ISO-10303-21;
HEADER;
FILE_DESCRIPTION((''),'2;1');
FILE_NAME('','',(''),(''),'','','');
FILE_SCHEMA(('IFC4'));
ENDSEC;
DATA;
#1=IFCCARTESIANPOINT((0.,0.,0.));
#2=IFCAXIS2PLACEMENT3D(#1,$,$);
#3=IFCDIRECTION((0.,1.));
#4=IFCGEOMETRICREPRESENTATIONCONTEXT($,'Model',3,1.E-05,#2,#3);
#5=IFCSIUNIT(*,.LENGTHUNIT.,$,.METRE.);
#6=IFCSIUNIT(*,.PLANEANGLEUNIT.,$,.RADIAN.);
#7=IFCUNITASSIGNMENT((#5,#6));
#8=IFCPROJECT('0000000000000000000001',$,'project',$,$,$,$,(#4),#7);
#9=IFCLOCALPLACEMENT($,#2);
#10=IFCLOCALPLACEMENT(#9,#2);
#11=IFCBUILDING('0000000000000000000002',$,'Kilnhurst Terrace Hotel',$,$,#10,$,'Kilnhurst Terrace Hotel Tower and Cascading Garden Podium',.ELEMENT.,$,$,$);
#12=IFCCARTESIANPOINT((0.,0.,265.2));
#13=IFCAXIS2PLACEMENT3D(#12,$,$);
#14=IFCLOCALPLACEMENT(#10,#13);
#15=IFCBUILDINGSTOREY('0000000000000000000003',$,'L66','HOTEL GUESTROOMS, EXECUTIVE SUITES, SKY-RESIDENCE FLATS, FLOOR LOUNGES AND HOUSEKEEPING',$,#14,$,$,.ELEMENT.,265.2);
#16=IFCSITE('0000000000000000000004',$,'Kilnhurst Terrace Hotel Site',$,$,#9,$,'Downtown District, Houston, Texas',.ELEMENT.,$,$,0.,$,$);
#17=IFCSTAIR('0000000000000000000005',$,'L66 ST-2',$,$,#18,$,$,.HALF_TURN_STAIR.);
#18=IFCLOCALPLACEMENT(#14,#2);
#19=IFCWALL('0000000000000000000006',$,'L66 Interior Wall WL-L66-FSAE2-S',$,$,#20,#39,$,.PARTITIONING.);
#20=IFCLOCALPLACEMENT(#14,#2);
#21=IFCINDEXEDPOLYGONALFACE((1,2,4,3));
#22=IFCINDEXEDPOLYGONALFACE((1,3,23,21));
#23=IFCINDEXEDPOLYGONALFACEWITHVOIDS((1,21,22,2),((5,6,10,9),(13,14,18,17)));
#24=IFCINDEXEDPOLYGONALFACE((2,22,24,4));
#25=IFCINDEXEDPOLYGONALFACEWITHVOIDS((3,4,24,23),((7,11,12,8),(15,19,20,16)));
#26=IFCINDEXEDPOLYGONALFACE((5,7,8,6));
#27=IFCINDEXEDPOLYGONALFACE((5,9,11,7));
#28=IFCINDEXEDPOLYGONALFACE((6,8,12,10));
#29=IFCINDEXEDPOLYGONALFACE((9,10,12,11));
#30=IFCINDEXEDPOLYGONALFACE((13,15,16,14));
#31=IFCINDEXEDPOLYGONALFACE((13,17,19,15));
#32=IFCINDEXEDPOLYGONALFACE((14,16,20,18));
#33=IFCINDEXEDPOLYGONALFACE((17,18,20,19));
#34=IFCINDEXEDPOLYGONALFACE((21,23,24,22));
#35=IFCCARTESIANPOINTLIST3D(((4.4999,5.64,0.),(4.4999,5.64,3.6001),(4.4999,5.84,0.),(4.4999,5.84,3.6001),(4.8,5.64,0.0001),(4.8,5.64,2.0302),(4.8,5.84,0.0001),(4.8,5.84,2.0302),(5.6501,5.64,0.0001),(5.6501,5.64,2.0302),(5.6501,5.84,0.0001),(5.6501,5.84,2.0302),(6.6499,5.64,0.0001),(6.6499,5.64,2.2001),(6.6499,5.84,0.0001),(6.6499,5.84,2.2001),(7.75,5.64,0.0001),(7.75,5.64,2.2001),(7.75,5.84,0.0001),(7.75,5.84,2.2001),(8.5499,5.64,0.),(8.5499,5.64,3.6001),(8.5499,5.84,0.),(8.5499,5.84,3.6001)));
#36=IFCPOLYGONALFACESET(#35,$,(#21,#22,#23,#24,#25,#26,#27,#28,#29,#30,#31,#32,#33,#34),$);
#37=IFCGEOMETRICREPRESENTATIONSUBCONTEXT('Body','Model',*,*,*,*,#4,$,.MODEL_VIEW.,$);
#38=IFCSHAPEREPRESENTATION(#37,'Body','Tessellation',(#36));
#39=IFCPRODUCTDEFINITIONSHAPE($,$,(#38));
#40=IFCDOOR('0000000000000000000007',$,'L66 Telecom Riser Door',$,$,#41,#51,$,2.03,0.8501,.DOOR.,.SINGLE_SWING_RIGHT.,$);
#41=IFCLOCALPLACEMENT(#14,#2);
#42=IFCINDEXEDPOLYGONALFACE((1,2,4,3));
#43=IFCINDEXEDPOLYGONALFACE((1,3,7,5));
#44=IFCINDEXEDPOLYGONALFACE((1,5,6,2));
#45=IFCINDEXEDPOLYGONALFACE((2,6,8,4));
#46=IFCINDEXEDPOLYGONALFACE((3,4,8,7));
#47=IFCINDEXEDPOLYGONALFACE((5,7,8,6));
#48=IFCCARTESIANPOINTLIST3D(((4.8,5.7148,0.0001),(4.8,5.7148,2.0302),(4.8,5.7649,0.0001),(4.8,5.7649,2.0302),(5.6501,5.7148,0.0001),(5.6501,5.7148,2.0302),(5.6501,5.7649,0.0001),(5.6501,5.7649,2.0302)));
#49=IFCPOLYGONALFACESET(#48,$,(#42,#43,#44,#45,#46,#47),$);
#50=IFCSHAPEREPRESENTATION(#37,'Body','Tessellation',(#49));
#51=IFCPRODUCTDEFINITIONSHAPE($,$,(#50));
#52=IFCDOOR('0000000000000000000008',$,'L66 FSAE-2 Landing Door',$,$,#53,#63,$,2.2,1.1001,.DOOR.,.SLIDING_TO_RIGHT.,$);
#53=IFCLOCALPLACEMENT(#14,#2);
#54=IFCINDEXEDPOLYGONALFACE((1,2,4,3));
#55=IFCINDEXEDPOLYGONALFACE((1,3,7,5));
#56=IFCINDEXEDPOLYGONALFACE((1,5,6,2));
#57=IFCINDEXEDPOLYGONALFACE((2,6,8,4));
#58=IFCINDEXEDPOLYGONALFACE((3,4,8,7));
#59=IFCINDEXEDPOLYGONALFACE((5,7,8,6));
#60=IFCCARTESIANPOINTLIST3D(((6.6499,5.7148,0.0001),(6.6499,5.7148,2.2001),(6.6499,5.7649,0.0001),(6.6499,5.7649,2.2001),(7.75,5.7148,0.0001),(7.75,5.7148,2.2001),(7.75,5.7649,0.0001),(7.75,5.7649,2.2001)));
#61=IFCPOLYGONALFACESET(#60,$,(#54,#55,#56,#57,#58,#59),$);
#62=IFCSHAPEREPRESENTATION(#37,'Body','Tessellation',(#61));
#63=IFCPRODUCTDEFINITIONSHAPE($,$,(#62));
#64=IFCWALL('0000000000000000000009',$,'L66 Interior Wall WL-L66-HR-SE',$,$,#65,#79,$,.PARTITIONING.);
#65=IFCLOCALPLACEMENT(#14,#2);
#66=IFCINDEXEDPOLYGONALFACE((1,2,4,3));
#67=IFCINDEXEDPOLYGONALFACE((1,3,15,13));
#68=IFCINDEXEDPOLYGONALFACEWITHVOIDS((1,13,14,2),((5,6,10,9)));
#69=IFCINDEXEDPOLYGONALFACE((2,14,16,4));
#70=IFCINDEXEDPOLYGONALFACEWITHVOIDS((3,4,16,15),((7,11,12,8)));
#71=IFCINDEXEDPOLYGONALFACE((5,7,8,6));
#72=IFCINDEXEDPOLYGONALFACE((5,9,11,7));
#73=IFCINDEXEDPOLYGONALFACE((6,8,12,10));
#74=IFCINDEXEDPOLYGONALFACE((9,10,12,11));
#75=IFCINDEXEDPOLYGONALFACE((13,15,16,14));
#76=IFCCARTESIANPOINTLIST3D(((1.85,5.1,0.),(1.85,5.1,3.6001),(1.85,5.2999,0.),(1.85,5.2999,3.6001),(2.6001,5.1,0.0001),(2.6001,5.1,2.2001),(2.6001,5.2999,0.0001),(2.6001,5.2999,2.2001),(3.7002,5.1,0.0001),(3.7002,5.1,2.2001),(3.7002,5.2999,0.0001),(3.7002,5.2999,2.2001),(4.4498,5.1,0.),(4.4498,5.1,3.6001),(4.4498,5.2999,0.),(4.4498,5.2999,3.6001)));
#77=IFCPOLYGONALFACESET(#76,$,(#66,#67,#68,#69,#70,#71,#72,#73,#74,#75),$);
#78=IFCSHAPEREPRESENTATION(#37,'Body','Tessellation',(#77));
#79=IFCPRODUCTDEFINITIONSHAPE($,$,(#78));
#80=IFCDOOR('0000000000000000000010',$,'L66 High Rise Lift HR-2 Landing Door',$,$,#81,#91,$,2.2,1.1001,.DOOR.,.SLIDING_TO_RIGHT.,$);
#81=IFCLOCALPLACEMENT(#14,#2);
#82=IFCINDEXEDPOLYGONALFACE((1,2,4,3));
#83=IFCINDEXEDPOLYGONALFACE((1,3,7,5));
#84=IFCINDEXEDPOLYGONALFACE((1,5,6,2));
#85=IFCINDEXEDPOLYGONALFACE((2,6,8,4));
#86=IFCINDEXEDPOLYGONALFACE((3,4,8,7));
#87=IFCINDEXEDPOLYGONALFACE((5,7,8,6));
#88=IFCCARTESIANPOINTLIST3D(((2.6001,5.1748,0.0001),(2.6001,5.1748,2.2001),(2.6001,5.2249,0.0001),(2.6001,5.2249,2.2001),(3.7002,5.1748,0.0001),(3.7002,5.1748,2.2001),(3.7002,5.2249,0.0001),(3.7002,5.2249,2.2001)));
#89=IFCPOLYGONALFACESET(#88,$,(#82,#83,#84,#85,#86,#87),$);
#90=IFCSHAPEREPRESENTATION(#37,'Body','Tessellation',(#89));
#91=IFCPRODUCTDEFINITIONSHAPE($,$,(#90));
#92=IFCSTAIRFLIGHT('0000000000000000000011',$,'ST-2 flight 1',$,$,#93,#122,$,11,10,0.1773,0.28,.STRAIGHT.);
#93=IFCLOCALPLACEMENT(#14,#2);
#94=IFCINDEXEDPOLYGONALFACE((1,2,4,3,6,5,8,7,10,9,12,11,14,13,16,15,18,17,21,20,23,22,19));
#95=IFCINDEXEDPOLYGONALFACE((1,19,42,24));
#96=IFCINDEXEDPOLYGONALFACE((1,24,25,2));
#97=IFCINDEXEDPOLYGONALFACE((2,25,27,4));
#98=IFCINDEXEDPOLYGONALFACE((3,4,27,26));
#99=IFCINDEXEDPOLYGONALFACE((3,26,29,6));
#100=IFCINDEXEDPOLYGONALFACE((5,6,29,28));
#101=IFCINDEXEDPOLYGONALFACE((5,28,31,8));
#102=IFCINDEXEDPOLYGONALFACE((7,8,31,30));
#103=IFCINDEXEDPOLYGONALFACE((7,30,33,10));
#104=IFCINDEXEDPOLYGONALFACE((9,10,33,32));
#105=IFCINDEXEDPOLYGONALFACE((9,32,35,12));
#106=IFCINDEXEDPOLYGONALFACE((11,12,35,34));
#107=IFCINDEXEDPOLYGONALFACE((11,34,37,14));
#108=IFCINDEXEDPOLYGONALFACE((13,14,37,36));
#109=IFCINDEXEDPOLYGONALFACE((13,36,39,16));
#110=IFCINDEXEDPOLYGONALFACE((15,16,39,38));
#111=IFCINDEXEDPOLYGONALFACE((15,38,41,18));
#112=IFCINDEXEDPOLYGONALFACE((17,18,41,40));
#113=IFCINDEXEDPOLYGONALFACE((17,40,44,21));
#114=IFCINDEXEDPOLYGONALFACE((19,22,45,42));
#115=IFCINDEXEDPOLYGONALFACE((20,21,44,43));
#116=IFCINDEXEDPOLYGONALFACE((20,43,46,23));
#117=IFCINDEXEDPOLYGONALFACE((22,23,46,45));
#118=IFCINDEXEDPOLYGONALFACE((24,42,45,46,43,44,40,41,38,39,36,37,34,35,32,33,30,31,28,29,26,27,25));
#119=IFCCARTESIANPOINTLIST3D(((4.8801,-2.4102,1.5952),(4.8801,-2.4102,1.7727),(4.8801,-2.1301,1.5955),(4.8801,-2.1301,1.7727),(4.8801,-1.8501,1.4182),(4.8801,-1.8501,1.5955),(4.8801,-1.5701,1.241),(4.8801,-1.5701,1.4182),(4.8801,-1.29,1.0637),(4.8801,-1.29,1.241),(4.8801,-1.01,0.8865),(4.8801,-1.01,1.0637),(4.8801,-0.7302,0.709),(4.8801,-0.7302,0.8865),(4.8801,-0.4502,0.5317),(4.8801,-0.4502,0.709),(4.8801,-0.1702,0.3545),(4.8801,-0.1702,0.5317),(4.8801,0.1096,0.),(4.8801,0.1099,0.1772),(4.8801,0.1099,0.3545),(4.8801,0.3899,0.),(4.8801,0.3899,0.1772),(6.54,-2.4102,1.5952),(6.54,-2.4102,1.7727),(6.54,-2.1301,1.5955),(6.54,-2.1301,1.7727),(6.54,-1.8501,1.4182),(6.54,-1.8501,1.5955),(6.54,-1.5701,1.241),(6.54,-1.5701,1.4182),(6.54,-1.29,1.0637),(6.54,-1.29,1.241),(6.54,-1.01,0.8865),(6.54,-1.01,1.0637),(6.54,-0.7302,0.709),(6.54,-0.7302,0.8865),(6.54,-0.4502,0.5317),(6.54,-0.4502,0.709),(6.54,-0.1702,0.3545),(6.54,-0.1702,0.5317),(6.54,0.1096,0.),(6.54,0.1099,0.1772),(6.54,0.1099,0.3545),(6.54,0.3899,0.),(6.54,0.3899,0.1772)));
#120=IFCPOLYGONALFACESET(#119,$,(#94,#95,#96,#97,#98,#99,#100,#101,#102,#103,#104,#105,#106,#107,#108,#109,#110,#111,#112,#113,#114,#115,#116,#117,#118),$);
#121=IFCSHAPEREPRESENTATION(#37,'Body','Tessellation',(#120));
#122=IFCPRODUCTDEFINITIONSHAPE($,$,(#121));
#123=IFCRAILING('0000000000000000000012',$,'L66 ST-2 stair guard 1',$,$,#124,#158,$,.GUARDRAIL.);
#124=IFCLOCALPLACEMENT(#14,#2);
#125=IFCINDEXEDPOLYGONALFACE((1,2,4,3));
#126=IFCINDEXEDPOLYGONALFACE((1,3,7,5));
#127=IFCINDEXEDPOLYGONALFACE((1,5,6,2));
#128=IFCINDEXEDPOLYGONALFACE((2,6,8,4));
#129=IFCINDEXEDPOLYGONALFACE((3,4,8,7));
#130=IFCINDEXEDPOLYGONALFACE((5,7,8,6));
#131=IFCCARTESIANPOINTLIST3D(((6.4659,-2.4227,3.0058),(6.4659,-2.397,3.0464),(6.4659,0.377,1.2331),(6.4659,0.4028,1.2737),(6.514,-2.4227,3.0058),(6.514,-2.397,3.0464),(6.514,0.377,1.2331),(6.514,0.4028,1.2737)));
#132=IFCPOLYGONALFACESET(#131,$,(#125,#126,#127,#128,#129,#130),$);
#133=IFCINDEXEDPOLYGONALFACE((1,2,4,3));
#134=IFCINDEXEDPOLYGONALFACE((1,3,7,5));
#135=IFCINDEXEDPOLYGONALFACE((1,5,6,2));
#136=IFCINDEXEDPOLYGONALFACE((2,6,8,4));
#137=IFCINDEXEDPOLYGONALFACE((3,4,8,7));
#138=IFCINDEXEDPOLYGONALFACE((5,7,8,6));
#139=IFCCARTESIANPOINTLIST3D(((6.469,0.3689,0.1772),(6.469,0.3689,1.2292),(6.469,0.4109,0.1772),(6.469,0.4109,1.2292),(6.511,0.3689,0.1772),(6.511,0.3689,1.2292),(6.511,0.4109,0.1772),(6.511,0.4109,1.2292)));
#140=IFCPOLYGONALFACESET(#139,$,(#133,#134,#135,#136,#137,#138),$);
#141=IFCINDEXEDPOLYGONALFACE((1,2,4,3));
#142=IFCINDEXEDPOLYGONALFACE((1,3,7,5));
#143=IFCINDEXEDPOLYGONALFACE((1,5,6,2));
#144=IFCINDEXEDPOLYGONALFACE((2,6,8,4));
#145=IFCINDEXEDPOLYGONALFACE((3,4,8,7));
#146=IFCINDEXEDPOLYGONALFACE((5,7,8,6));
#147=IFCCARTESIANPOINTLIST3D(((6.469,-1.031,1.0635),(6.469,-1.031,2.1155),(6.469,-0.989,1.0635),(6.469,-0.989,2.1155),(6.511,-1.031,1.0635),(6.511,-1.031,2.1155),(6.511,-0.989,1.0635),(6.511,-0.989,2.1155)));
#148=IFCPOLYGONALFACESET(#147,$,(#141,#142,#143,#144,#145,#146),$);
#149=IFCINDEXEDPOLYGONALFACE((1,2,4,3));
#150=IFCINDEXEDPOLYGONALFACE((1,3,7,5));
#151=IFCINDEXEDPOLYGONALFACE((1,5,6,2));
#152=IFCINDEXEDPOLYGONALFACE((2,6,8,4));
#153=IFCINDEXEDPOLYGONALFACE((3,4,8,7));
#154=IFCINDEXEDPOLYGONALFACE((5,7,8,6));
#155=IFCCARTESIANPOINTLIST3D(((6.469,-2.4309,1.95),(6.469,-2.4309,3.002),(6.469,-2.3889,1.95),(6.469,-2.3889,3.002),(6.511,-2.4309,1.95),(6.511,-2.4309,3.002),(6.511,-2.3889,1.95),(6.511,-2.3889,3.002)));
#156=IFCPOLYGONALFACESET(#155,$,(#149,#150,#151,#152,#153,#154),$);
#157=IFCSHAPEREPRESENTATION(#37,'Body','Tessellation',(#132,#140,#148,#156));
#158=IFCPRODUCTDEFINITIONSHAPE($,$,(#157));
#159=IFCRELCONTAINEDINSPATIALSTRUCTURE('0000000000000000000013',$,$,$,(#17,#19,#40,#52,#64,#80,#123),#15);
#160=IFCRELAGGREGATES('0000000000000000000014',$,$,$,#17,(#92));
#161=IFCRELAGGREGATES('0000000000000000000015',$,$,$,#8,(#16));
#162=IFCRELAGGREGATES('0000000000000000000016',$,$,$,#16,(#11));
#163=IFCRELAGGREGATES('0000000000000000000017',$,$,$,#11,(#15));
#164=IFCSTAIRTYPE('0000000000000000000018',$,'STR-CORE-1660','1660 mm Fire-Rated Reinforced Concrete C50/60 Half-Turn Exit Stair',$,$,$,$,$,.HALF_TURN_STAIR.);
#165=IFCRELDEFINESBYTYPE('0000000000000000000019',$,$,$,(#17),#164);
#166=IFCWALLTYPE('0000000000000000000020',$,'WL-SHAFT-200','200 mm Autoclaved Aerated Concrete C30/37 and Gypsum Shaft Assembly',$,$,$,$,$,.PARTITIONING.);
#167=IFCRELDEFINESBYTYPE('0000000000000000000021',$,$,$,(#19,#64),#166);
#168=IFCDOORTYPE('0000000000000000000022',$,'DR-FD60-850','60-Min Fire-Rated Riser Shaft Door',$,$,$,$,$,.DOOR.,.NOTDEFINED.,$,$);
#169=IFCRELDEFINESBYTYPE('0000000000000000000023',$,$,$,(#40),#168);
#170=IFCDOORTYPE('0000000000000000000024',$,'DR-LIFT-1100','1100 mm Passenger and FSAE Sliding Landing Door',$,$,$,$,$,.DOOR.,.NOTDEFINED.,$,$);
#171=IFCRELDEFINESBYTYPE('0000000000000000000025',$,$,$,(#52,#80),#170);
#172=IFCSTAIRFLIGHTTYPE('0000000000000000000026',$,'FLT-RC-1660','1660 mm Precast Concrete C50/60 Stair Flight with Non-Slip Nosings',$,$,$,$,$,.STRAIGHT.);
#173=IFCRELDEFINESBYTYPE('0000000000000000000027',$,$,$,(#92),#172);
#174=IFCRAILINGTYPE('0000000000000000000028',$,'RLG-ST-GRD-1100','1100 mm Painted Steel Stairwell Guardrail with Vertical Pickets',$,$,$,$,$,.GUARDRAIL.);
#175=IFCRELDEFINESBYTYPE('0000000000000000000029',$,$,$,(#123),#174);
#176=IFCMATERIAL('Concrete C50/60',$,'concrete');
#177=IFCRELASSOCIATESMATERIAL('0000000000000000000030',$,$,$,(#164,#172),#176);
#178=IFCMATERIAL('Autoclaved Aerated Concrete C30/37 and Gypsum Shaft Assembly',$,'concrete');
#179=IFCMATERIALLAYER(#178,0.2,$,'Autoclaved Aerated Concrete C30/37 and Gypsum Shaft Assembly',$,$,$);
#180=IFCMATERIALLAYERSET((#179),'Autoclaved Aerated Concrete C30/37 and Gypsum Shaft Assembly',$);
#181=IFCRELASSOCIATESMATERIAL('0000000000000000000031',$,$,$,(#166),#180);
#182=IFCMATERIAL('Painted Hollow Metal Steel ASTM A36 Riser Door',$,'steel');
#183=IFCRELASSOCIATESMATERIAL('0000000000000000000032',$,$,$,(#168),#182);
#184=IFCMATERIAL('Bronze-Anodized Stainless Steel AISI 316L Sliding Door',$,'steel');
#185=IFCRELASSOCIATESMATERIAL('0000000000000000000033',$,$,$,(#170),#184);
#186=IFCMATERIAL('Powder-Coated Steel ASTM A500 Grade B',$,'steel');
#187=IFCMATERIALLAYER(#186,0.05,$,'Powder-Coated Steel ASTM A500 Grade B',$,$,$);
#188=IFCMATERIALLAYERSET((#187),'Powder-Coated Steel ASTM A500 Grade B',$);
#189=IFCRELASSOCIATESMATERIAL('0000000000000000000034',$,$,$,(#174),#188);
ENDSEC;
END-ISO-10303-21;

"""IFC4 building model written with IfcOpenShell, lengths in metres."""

from ifc_helpers import new_model, si_unit, direction, frame, frame_2d, origin, origin_2d, place, context, subcontext, project, spatial, polyline, rectangle, outline, extrude, material, layer, layer_set, type_object, element, fill, aggregate, save


model = new_model("IFC4")

# Units and contexts
model_context = context("Model", 3, precision=1e-05, world=origin(), true_north=direction((0.0, 1.0)))
body_context = subcontext(model_context, "Body", "Model", "MODEL_VIEW")
ifc_project = project(units=[si_unit("LENGTHUNIT", "METRE"), si_unit("PLANEANGLEUNIT", "RADIAN")], contexts=[model_context])

# Site, building, storey
site_placement = place(None, origin())
site = spatial("IfcSite", under=ifc_project, at=site_placement, Name="Kilnhurst Terrace Hotel Site", LongName="Downtown District, Houston, Texas", CompositionType="ELEMENT", RefElevation=0.0)
building_placement = place(site_placement, origin())
building = spatial("IfcBuilding", under=site, at=building_placement, Name="Kilnhurst Terrace Hotel", LongName="Kilnhurst Terrace Hotel Tower and Cascading Garden Podium", CompositionType="ELEMENT")
storey_placement = place(building_placement, frame((0.0, 0.0, 265.2)))
storey = spatial("IfcBuildingStorey", under=building, at=storey_placement, Name="L66", Description="HOTEL GUESTROOMS, EXECUTIVE SUITES, SKY-RESIDENCE FLATS, FLOOR LOUNGES AND HOUSEKEEPING", CompositionType="ELEMENT", Elevation=265.2)

# Shared definitions
ifc_material_1 = material(Name="Concrete C50/60", Category="concrete")

# Stair
stair_type = type_object("IfcStairType", Name="STR-CORE-1660", Description="1660 mm Fire-Rated Reinforced Concrete C50/60 Half-Turn Exit Stair", PredefinedType="HALF_TURN_STAIR", material=ifc_material_1)
stair_1_placement = place(storey_placement, origin())
stair_1 = element("IfcStair", 1, at=stair_1_placement, inside=storey, type_object=stair_type, Name="L66 ST-2", PredefinedType="HALF_TURN_STAIR")

# Wall, openings, doors
ifc_material_2 = material(Name="Autoclaved Aerated Concrete C30/37 and Gypsum Shaft Assembly", Category="concrete")
ifc_layer_1 = layer(ifc_material_2, 0.2, Name="Autoclaved Aerated Concrete C30/37 and Gypsum Shaft Assembly")
ifc_layer_set_1 = layer_set([ifc_layer_1], Name="Autoclaved Aerated Concrete C30/37 and Gypsum Shaft Assembly")
wall_type_1 = type_object("IfcWallType", Name="WL-SHAFT-200", Description="200 mm Autoclaved Aerated Concrete C30/37 and Gypsum Shaft Assembly", PredefinedType="PARTITIONING", material=ifc_layer_set_1)
wall_1_placement = place(storey_placement, frame((4.5, 5.74, 0.0), z_axis=(0.0, 0.0, 1.0), x_axis=(1.0, 0.0, 0.0)))
wall_1 = element("IfcWall", 2, at=wall_1_placement, inside=storey, type_object=wall_type_1, Name="L66 Interior Wall WL-L66-FSAE2-S", PredefinedType="PARTITIONING", context=body_context, shape_type="SweptSolid", body=[
    extrude(rectangle(XDim=4.05, YDim=0.2, at=frame_2d((2.0249, 0.0))), origin(), (0.0, 0.0, 1.0), 3.6001),
])
opening_1_placement = place(wall_1_placement, frame((0.3, 0.0, 0.0)))
opening_1 = element("IfcOpeningElement", 3, at=opening_1_placement, cuts=wall_1, PredefinedType="OPENING", context=body_context, shape_type="SweptSolid", body=[
    extrude(rectangle(XDim=0.8501, YDim=2.03, at=frame_2d((0.425, 1.0151))), frame((0.0, 0.1099, 0.0), z_axis=(0.0, -1.0, 0.0), x_axis=(1.0, 0.0, 0.0)), (0.0, 0.0, 1.0), 0.22),
])
opening_2_placement = place(wall_1_placement, frame((2.1499, 0.0, 0.0)))
opening_2 = element("IfcOpeningElement", 4, at=opening_2_placement, cuts=wall_1, PredefinedType="OPENING", context=body_context, shape_type="SweptSolid", body=[
    extrude(rectangle(XDim=1.1001, YDim=2.2, at=frame_2d((0.55, 1.1001))), frame((0.0, 0.1099, 0.0), z_axis=(0.0, -1.0, 0.0), x_axis=(1.0, 0.0, 0.0)), (0.0, 0.0, 1.0), 0.22),
])
ifc_material_3 = material(Name="Painted Hollow Metal Steel ASTM A36 Riser Door", Category="steel")
door_type_1 = type_object("IfcDoorType", Name="DR-FD60-850", Description="60-Min Fire-Rated Riser Shaft Door", OperationType="NOTDEFINED", PredefinedType="DOOR", material=ifc_material_3)
door_1_placement = place(opening_1_placement, origin())
door_1 = element("IfcDoor", 5, at=door_1_placement, inside=storey, type_object=door_type_1, Name="L66 Telecom Riser Door", OperationType="SINGLE_SWING_RIGHT", OverallHeight=2.03, OverallWidth=0.8501, PredefinedType="DOOR", context=body_context, shape_type="SweptSolid", body=[
    extrude(rectangle(XDim=0.8501, YDim=2.03, at=frame_2d((0.425, 1.0151))), frame((0.0, 0.0249, 0.0), z_axis=(0.0, -1.0, 0.0), x_axis=(1.0, 0.0, 0.0)), (0.0, 0.0, 1.0), 0.05),
])
fill(opening_1, door_1)
ifc_material_4 = material(Name="Bronze-Anodized Stainless Steel AISI 316L Sliding Door", Category="steel")
door_type_2 = type_object("IfcDoorType", Name="DR-LIFT-1100", Description="1100 mm Passenger and FSAE Sliding Landing Door", OperationType="NOTDEFINED", PredefinedType="DOOR", material=ifc_material_4)
door_2_placement = place(opening_2_placement, origin())
door_2 = element("IfcDoor", 6, at=door_2_placement, inside=storey, type_object=door_type_2, Name="L66 FSAE-2 Landing Door", OperationType="SLIDING_TO_RIGHT", OverallHeight=2.2, OverallWidth=1.1001, PredefinedType="DOOR", context=body_context, shape_type="SweptSolid", body=[
    extrude(rectangle(XDim=1.1001, YDim=2.2, at=frame_2d((0.55, 1.1001))), frame((0.0, 0.0249, 0.0), z_axis=(0.0, -1.0, 0.0), x_axis=(1.0, 0.0, 0.0)), (0.0, 0.0, 1.0), 0.05),
])
fill(opening_2, door_2)

# Wall, opening, door
wall_2_placement = place(storey_placement, frame((1.8501, 5.2, 0.0), z_axis=(0.0, 0.0, 1.0), x_axis=(1.0, 0.0, 0.0)))
wall_2 = element("IfcWall", 7, at=wall_2_placement, inside=storey, type_object=wall_type_1, Name="L66 Interior Wall WL-L66-HR-SE", PredefinedType="PARTITIONING", context=body_context, shape_type="SweptSolid", body=[
    extrude(rectangle(XDim=2.5999, YDim=0.2, at=frame_2d((1.2998, 0.0))), origin(), (0.0, 0.0, 1.0), 3.6001),
])
opening_3_placement = place(wall_2_placement, frame((0.75, 0.0, 0.0)))
opening_3 = element("IfcOpeningElement", 8, at=opening_3_placement, cuts=wall_2, PredefinedType="OPENING", context=body_context, shape_type="SweptSolid", body=[
    extrude(rectangle(XDim=1.1001, YDim=2.2, at=frame_2d((0.55, 1.1001))), frame((0.0, 0.1099, 0.0), z_axis=(0.0, -1.0, 0.0), x_axis=(1.0, 0.0, 0.0)), (0.0, 0.0, 1.0), 0.22),
])
door_3_placement = place(opening_3_placement, origin())
door_3 = element("IfcDoor", 9, at=door_3_placement, inside=storey, type_object=door_type_2, Name="L66 High Rise Lift HR-2 Landing Door", OperationType="SLIDING_TO_RIGHT", OverallHeight=2.2, OverallWidth=1.1001, PredefinedType="DOOR", context=body_context, shape_type="SweptSolid", body=[
    extrude(rectangle(XDim=1.1001, YDim=2.2, at=frame_2d((0.55, 1.1001))), frame((0.0, 0.0249, 0.0), z_axis=(0.0, -1.0, 0.0), x_axis=(1.0, 0.0, 0.0)), (0.0, 0.0, 1.0), 0.05),
])
fill(opening_3, door_3)

# Stair flight
stair_flight_type = type_object("IfcStairFlightType", Name="FLT-RC-1660", Description="1660 mm Precast Concrete C50/60 Stair Flight with Non-Slip Nosings", PredefinedType="STRAIGHT", material=ifc_material_1)
stair_flight_placement = place(storey_placement, frame((5.71, 0.3899, 0.0), z_axis=(0.0, 0.0, 1.0), x_axis=(0.0, -1.0, 0.0)))
stair_flight = element("IfcStairFlight", 10, at=stair_flight_placement, type_object=stair_flight_type, Name="ST-2 flight 1", NumberOfRisers=11, NumberOfTreads=10, PredefinedType="STRAIGHT", RiserHeight=0.1773, TreadLength=0.28, context=body_context, shape_type="SweptSolid", body=[
    extrude(outline(polyline([(0.0, 0.0), (0.0, 0.1772), (0.28, 0.1772), (0.28, 0.3545), (0.5601, 0.3545), (0.5601, 0.5317), (0.8401, 0.5317), (0.8401, 0.709), (1.1201, 0.709), (1.1201, 0.8865), (1.3999, 0.8865), (1.3999, 1.0637), (1.6799, 1.0637), (1.6799, 1.241), (1.96, 1.241), (1.96, 1.4182), (2.24, 1.4182), (2.24, 1.5955), (2.52, 1.5955), (2.52, 1.7727), (2.8, 1.7727), (2.8, 1.95), (2.8, 1.5952), (0.2803, 0.0), (0.0, 0.0)])), frame((0.0, 0.8301, 0.0), z_axis=(0.0, -1.0, 0.0), x_axis=(1.0, 0.0, 0.0)), (0.0, 0.0, 1.0), 1.6599),
])
aggregate(stair_1, [stair_flight])

# Railing
ifc_material_5 = material(Name="Powder-Coated Steel ASTM A500 Grade B", Category="steel")
ifc_layer_2 = layer(ifc_material_5, 0.05, Name="Powder-Coated Steel ASTM A500 Grade B")
ifc_layer_set_2 = layer_set([ifc_layer_2], Name="Powder-Coated Steel ASTM A500 Grade B")
railing_type_1 = type_object("IfcRailingType", Name="RLG-ST-GRD-1100", Description="1100 mm Painted Steel Stairwell Guardrail with Vertical Pickets", PredefinedType="GUARDRAIL", material=ifc_layer_set_2)
railing_1_placement = place(storey_placement, frame((6.49, 0.3899, 0.1772)))
element("IfcRailing", 11, at=railing_1_placement, inside=storey, type_object=railing_type_1, Name="L66 ST-2 stair guard 1", PredefinedType="GUARDRAIL", context=body_context, shape_type="SweptSolid", body=[
    extrude(rectangle(XDim=0.0481, YDim=0.0481, at=origin_2d()), frame((0.0, 0.0, 1.0762), z_axis=(0.0, -0.844888, 0.534943), x_axis=(1.0, 0.0, 0.0)), (0.0, 0.0, 1.0), 3.3137),
    extrude(rectangle(XDim=0.042, YDim=0.042, at=origin_2d()), origin(), (0.0, 0.0, 1.0), 1.052),
    extrude(rectangle(XDim=0.042, YDim=0.042, at=origin_2d()), frame((0.0, -1.3999, 0.8862)), (0.0, 0.0, 1.0), 1.052),
    extrude(rectangle(XDim=0.042, YDim=0.042, at=origin_2d()), frame((0.0, -2.7998, 1.7727)), (0.0, 0.0, 1.0), 1.052),
])

save(model, "model.ifc")
